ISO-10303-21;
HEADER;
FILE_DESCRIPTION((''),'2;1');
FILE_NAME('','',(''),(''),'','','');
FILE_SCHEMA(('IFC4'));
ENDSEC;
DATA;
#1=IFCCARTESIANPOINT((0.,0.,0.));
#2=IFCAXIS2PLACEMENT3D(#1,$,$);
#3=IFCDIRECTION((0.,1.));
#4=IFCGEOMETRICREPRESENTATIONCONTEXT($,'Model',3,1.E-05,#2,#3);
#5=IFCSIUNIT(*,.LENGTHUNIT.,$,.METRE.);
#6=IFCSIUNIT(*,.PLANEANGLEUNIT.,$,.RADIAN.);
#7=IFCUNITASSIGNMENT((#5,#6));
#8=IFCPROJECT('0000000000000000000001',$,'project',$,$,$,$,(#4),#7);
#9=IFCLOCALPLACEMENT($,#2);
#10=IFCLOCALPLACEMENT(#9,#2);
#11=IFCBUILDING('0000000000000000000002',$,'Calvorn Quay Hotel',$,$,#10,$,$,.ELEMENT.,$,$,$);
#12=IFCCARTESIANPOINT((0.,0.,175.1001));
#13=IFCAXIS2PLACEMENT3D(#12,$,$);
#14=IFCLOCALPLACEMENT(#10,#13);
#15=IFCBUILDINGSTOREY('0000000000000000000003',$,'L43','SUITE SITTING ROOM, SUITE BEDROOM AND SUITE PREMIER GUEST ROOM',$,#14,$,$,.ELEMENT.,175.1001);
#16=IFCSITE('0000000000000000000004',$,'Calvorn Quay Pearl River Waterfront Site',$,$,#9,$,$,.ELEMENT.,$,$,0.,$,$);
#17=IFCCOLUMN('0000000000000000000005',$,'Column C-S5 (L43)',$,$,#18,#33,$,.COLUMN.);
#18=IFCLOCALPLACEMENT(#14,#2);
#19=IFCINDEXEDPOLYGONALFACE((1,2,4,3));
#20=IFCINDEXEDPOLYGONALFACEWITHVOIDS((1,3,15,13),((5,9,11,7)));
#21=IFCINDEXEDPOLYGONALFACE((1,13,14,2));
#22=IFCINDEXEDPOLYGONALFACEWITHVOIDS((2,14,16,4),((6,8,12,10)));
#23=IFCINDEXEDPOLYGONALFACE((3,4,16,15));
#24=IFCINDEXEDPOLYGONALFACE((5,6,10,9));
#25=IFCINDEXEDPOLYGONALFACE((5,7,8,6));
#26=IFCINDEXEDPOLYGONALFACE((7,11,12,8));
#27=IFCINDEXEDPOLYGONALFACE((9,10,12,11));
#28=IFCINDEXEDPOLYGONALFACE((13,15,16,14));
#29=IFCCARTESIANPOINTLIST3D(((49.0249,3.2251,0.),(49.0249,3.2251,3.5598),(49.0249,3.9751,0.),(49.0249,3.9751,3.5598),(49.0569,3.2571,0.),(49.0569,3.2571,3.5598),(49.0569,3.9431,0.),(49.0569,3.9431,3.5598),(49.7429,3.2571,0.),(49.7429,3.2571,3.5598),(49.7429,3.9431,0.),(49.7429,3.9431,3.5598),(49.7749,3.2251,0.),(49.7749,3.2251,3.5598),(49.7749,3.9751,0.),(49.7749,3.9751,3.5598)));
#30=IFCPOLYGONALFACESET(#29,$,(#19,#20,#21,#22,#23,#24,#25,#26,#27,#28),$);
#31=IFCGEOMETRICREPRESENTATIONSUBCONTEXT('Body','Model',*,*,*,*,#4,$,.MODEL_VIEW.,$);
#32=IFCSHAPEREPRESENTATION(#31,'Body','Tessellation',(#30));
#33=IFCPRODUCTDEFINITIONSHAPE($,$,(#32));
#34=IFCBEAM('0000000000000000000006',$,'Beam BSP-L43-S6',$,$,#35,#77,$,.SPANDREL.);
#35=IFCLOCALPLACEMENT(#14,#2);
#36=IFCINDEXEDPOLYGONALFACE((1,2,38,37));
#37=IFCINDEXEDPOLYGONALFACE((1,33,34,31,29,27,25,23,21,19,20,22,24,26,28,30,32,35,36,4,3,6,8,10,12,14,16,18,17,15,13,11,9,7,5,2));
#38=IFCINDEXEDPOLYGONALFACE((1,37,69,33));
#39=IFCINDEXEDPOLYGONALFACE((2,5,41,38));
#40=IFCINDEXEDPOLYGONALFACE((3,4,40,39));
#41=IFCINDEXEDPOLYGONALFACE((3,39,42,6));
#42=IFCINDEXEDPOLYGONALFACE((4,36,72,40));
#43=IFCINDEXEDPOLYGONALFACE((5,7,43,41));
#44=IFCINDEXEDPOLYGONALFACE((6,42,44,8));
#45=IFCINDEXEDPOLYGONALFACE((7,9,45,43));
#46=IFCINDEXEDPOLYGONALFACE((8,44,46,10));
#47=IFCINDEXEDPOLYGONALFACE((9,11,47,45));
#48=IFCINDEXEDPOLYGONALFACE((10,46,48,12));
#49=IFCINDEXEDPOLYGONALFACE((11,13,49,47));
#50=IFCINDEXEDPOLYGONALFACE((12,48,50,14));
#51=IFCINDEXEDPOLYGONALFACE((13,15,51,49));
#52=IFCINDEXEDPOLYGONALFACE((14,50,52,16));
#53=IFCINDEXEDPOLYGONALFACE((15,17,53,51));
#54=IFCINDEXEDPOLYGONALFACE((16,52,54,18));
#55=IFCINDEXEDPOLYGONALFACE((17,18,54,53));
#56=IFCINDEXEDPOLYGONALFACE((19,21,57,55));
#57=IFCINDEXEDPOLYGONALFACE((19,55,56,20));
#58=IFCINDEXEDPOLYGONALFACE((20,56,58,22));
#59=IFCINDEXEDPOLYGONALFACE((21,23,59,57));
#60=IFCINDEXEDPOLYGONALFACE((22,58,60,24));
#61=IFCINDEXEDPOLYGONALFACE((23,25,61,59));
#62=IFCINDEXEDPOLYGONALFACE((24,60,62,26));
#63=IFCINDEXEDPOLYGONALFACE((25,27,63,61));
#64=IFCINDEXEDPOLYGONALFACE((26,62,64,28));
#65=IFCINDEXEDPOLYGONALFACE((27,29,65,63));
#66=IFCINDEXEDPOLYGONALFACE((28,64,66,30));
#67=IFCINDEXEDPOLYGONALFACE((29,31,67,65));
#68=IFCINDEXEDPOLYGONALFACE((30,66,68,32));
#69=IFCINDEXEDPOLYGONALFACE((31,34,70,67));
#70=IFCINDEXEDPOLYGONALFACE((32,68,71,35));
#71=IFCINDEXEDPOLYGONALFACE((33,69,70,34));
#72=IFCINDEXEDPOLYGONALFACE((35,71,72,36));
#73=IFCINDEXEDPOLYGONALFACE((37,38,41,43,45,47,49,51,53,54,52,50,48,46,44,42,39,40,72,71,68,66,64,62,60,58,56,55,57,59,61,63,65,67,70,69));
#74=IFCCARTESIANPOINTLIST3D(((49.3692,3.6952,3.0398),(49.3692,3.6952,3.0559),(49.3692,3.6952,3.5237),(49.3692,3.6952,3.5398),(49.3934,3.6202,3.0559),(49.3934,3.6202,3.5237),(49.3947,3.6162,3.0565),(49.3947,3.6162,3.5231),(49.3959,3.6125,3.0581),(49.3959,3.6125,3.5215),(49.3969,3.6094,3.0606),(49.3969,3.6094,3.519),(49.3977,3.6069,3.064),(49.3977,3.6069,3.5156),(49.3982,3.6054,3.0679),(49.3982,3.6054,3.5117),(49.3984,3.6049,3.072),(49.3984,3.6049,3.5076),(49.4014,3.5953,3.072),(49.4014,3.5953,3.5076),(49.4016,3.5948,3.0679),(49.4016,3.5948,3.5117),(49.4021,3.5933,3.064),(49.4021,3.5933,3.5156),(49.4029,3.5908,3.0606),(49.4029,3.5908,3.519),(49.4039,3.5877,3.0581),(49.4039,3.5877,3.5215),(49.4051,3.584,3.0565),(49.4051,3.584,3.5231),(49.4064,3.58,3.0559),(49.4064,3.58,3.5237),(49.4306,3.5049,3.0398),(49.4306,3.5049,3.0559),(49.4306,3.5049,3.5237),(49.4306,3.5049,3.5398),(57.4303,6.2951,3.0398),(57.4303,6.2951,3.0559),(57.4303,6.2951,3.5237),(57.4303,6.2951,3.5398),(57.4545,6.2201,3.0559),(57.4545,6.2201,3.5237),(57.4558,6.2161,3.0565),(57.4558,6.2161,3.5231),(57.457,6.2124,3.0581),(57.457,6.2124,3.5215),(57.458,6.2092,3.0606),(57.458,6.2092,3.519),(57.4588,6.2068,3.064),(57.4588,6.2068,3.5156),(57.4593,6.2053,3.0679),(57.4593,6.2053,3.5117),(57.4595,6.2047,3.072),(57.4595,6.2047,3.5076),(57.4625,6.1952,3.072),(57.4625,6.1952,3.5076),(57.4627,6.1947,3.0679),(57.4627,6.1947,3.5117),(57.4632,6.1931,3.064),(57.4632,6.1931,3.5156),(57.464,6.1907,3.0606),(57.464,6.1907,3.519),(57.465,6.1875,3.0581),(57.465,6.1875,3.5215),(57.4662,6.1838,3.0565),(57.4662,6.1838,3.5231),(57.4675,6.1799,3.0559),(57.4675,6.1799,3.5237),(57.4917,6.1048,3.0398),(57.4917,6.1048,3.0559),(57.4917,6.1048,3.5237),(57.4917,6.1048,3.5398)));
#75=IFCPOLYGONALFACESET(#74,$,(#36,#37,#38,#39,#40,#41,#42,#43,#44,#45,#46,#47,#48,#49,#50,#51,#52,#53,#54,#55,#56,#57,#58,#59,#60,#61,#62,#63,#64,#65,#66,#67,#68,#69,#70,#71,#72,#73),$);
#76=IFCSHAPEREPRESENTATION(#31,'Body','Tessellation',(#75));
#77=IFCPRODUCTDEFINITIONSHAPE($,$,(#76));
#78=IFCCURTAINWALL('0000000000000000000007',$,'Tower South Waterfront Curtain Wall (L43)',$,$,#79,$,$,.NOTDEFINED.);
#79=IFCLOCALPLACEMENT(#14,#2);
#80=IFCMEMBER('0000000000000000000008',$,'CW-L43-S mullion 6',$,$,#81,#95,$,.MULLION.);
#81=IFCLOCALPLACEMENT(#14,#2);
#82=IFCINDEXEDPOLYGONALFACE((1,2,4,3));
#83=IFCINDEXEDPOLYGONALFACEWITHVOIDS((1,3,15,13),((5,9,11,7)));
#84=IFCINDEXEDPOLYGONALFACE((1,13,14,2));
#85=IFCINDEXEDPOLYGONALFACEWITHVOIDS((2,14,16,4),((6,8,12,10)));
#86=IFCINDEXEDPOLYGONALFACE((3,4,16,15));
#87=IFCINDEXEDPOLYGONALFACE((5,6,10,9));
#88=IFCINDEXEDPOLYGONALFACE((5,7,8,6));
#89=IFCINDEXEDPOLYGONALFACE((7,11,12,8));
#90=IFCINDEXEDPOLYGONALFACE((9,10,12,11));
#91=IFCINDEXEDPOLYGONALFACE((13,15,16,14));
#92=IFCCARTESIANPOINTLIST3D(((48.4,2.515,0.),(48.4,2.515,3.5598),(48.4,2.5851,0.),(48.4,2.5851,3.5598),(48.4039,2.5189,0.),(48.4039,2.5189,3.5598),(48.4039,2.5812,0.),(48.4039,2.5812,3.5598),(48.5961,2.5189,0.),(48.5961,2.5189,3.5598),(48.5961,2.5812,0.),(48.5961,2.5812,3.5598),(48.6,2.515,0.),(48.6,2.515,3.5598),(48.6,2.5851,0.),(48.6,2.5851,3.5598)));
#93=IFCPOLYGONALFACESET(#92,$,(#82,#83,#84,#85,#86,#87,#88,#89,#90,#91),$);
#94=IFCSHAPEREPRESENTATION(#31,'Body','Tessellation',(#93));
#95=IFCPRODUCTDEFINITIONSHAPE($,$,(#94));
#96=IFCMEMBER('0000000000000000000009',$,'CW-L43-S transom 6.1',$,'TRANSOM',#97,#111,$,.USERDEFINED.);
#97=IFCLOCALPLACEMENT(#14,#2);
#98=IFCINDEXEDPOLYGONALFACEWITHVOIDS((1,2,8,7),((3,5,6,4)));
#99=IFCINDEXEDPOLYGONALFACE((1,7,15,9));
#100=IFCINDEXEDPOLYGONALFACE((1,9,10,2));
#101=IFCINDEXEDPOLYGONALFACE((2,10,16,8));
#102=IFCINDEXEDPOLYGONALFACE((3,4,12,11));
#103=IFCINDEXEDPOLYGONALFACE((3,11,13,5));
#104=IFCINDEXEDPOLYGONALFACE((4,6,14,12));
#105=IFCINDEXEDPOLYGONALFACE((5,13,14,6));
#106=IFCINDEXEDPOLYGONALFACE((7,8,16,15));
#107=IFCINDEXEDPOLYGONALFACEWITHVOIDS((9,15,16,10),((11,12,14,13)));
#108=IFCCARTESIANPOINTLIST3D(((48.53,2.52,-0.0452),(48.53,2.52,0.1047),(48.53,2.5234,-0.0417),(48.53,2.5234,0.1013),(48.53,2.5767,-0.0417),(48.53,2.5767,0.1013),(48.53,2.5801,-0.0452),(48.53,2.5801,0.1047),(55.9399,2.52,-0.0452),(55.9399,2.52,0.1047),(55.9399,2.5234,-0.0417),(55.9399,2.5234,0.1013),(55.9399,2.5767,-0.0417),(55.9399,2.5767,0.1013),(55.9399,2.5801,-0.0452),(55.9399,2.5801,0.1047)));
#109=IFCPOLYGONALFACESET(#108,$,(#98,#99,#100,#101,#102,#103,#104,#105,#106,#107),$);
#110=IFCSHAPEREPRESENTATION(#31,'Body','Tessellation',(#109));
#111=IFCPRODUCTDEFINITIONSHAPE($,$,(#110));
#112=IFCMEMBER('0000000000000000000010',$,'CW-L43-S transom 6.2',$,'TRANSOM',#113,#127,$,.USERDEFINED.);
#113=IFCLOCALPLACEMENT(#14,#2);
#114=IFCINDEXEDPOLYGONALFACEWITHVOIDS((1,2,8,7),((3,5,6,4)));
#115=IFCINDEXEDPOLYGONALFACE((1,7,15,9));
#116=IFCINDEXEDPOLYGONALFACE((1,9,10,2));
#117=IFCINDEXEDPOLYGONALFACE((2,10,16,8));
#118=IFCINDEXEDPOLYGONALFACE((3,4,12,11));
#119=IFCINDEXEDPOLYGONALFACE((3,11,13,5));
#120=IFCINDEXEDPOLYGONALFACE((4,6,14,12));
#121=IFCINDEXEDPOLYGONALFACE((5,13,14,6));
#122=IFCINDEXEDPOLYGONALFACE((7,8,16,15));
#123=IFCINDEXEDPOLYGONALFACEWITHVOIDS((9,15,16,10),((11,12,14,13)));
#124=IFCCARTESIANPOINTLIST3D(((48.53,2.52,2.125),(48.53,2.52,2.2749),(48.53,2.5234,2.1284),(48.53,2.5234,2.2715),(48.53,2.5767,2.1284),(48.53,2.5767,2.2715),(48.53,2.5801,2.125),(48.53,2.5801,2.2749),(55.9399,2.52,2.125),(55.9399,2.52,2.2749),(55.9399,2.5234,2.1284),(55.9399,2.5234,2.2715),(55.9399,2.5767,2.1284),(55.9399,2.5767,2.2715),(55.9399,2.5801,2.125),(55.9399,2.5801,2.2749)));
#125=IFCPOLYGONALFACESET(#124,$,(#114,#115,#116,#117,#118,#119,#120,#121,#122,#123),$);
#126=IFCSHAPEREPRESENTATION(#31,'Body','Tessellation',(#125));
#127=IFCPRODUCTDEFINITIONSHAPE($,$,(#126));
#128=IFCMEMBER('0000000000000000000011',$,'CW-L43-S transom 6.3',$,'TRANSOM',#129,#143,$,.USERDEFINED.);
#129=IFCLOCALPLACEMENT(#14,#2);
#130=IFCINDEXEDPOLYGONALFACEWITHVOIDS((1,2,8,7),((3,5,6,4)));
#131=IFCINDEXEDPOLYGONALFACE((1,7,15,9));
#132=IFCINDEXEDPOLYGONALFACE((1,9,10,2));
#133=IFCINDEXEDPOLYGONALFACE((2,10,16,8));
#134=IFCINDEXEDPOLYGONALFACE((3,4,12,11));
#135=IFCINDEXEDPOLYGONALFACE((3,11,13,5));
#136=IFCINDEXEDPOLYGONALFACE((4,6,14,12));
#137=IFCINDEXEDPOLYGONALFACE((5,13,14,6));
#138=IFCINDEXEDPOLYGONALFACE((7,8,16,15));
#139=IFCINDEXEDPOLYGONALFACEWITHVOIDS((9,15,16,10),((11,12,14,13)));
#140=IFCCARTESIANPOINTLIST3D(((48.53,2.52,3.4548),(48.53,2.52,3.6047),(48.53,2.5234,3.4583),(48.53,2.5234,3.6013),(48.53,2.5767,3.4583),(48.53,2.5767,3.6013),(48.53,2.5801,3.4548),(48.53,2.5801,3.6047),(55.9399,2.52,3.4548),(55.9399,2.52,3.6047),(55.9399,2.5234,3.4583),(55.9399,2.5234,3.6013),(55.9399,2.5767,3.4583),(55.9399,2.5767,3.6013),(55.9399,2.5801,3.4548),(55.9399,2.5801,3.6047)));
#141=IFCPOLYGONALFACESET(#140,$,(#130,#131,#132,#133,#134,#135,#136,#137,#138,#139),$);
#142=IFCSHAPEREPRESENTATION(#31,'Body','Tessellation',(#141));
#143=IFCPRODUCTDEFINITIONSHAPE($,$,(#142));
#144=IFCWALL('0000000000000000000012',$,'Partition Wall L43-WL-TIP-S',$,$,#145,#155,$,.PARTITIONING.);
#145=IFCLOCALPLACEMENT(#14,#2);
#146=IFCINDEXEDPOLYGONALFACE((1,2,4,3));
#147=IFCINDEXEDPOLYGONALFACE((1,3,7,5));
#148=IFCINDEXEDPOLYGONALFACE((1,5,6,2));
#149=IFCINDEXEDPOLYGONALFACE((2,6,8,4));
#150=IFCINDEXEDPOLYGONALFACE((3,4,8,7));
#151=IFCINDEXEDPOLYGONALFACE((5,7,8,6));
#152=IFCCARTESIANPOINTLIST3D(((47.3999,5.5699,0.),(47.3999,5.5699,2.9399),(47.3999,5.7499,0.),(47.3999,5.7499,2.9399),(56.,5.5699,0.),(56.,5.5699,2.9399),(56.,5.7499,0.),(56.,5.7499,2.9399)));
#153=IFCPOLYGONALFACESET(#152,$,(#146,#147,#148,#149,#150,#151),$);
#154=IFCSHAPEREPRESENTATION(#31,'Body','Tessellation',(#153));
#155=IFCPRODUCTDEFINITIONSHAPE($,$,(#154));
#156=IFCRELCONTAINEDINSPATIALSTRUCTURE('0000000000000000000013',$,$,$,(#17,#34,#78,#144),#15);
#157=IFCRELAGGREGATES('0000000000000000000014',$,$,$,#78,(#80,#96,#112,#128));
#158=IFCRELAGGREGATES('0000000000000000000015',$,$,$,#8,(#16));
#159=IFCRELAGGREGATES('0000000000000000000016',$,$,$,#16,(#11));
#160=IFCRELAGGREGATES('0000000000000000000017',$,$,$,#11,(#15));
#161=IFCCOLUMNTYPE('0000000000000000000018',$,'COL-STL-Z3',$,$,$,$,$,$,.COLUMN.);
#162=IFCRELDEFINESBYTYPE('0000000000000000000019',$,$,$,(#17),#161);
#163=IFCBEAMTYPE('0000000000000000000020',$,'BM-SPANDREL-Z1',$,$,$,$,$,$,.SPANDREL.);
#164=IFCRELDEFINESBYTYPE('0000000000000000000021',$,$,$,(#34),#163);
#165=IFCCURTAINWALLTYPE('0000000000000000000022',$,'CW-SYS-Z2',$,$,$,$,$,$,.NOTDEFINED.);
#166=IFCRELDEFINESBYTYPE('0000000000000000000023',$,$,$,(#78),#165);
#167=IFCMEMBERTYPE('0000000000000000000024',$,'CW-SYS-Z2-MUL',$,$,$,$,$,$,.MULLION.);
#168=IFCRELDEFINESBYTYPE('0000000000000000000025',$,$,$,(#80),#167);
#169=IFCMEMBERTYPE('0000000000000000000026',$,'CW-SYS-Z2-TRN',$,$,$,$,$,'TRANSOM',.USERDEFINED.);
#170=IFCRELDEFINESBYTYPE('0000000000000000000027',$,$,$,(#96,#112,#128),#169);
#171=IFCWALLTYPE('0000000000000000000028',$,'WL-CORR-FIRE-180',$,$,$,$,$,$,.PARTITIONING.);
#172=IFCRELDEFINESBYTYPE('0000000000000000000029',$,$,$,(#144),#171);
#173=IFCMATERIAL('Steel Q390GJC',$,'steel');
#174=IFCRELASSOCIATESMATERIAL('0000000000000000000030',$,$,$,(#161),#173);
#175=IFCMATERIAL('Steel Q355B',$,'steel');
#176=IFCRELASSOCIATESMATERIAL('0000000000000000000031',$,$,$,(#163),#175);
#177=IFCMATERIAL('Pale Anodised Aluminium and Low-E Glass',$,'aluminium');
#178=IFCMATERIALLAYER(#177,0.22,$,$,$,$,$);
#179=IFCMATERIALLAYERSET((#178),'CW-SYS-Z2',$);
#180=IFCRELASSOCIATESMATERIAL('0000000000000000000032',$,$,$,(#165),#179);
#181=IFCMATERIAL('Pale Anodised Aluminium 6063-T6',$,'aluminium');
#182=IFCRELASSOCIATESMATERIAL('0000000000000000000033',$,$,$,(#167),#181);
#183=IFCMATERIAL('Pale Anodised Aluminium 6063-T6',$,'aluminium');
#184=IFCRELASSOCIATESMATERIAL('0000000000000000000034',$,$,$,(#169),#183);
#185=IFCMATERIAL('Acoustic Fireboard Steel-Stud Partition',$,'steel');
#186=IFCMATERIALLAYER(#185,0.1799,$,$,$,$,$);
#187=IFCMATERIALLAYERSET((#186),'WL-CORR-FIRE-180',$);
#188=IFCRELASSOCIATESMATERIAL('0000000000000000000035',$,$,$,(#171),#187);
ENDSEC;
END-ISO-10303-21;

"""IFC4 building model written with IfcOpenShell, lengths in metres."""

from ifc_helpers import new_model, si_unit, direction, frame, frame_2d, origin, origin_2d, place, context, subcontext, project, spatial, rectangle, hollow_rectangle, i_section, extrude, material, layer, layer_set, material_profile, profile_set, type_object, element, aggregate, save


model = new_model("IFC4")

# Units and contexts
model_context = context("Model", 3, precision=1e-05, world=origin(), true_north=direction((0.0, 1.0)))
body_context = subcontext(model_context, "Body", "Model", "MODEL_VIEW")
ifc_project = project(units=[si_unit("LENGTHUNIT", "METRE"), si_unit("PLANEANGLEUNIT", "RADIAN")], contexts=[model_context])

# Site, building, storey
site_placement = place(None, origin())
site = spatial("IfcSite", under=ifc_project, at=site_placement, Name="Calvorn Quay Pearl River Waterfront Site", CompositionType="ELEMENT", RefElevation=0.0)
building_placement = place(site_placement, origin())
building = spatial("IfcBuilding", under=site, at=building_placement, Name="Calvorn Quay Hotel", CompositionType="ELEMENT")
storey_placement = place(building_placement, frame((0.0, 0.0, 175.1001)))
storey = spatial("IfcBuildingStorey", under=building, at=storey_placement, Name="L43", Description="SUITE SITTING ROOM, SUITE BEDROOM AND SUITE PREMIER GUEST ROOM", CompositionType="ELEMENT", Elevation=175.1001)

# Column
ifc_material_1 = material(Name="Steel Q390GJC", Category="steel")
ifc_material_profile_1 = material_profile(ifc_material_1, hollow_rectangle(XDim=0.75, YDim=0.75, WallThickness=0.032, at=origin_2d()), Name="BOX750x750x32")
ifc_profile_set_1 = profile_set([ifc_material_profile_1], Name="Steel Q390GJC")
column_type = type_object("IfcColumnType", Name="COL-STL-Z3", PredefinedType="COLUMN", material=ifc_profile_set_1)
column_placement = place(storey_placement, frame((49.3999, 3.6001, 0.0), z_axis=(0.0, 0.0, 1.0), x_axis=(1.0, 0.0, 0.0)))
element("IfcColumn", 1, at=column_placement, inside=storey, type_object=column_type, Name="Column C-S5 (L43)", PredefinedType="COLUMN", context=body_context, shape_type="SweptSolid", body=[
    extrude(hollow_rectangle(XDim=0.75, YDim=0.75, WallThickness=0.032, at=origin_2d()), origin(), (0.0, 0.0, 1.0), 3.5598),
])

# Beam
ifc_material_2 = material(Name="Steel Q355B", Category="steel")
ifc_material_profile_2 = material_profile(ifc_material_2, i_section(OverallWidth=0.2, OverallDepth=0.5, WebThickness=0.01, FlangeThickness=0.0161, FilletRadius=0.0161, at=origin_2d()), Name="HN500x200x10x16")
ifc_profile_set_2 = profile_set([ifc_material_profile_2], Name="Steel Q355B")
beam_type = type_object("IfcBeamType", Name="BM-SPANDREL-Z1", PredefinedType="SPANDREL", material=ifc_profile_set_2)
beam_placement = place(storey_placement, frame((49.3999, 3.6001, 3.2898), z_axis=(0.951725, 0.306951, 0.0), x_axis=(-0.306951, 0.951725, 0.0)))
element("IfcBeam", 2, at=beam_placement, inside=storey, type_object=beam_type, Name="Beam BSP-L43-S6", PredefinedType="SPANDREL", context=body_context, shape_type="SweptSolid", body=[
    extrude(i_section(OverallWidth=0.2, OverallDepth=0.5, WebThickness=0.01, FlangeThickness=0.0161, FilletRadius=0.0161, at=origin_2d()), origin(), (0.0, 0.0, 1.0), 8.47),
])

# Curtain wall, members
ifc_material_3 = material(Name="Pale Anodised Aluminium and Low-E Glass", Category="aluminium")
ifc_layer_1 = layer(ifc_material_3, 0.22)
ifc_layer_set_1 = layer_set([ifc_layer_1], Name="CW-SYS-Z2")
curtain_wall_type = type_object("IfcCurtainWallType", Name="CW-SYS-Z2", PredefinedType="NOTDEFINED", material=ifc_layer_set_1)
curtain_wall_placement = place(storey_placement, origin())
curtain_wall = element("IfcCurtainWall", 3, at=curtain_wall_placement, inside=storey, type_object=curtain_wall_type, Name="Tower South Waterfront Curtain Wall (L43)", PredefinedType="NOTDEFINED")
ifc_material_4 = material(Name="Pale Anodised Aluminium 6063-T6", Category="aluminium")
ifc_material_profile_3 = material_profile(ifc_material_4, hollow_rectangle(XDim=0.0701, YDim=0.2, WallThickness=0.0039, at=origin_2d()), Name="ALU-M200x70x4")
ifc_profile_set_3 = profile_set([ifc_material_profile_3], Name="Pale Anodised Aluminium 6063-T6")
member_type_1 = type_object("IfcMemberType", Name="CW-SYS-Z2-MUL", PredefinedType="MULLION", material=ifc_profile_set_3)
member_1_placement = place(storey_placement, frame((48.5, 2.55, 0.0), z_axis=(0.0, 0.0, 1.0), x_axis=(0.0, 1.0, 0.0)))
member_1 = element("IfcMember", 4, at=member_1_placement, type_object=member_type_1, Name="CW-L43-S mullion 6", PredefinedType="MULLION", context=body_context, shape_type="SweptSolid", body=[
    extrude(hollow_rectangle(XDim=0.0701, YDim=0.2, WallThickness=0.0039, at=origin_2d()), origin(), (0.0, 0.0, 1.0), 3.5598),
])
ifc_material_5 = material(Name="Pale Anodised Aluminium 6063-T6", Category="aluminium")
ifc_material_profile_4 = material_profile(ifc_material_5, hollow_rectangle(XDim=0.0601, YDim=0.1499, WallThickness=0.0034, at=origin_2d()), Name="ALU-T150x60x3.5")
ifc_profile_set_4 = profile_set([ifc_material_profile_4], Name="Pale Anodised Aluminium 6063-T6")
member_type_2 = type_object("IfcMemberType", Name="CW-SYS-Z2-TRN", ElementType="TRANSOM", PredefinedType="USERDEFINED", material=ifc_profile_set_4)
member_2_placement = place(storey_placement, frame((48.53, 2.55, 0.0298), z_axis=(1.0, 0.0, 0.0), x_axis=(0.0, 1.0, 0.0)))
member_2 = element("IfcMember", 5, at=member_2_placement, type_object=member_type_2, Name="CW-L43-S transom 6.1", ObjectType="TRANSOM", PredefinedType="USERDEFINED", context=body_context, shape_type="SweptSolid", body=[
    extrude(hollow_rectangle(XDim=0.0601, YDim=0.1499, WallThickness=0.0034, at=origin_2d()), origin(), (0.0, 0.0, 1.0), 7.4099),
])
member_3_placement = place(storey_placement, frame((48.53, 2.55, 2.2), z_axis=(1.0, 0.0, 0.0), x_axis=(0.0, 1.0, 0.0)))
member_3 = element("IfcMember", 6, at=member_3_placement, type_object=member_type_2, Name="CW-L43-S transom 6.2", ObjectType="TRANSOM", PredefinedType="USERDEFINED", context=body_context, shape_type="SweptSolid", body=[
    extrude(hollow_rectangle(XDim=0.0601, YDim=0.1499, WallThickness=0.0034, at=origin_2d()), origin(), (0.0, 0.0, 1.0), 7.4099),
])
member_4_placement = place(storey_placement, frame((48.53, 2.55, 3.5298), z_axis=(1.0, 0.0, 0.0), x_axis=(0.0, 1.0, 0.0)))
member_4 = element("IfcMember", 7, at=member_4_placement, type_object=member_type_2, Name="CW-L43-S transom 6.3", ObjectType="TRANSOM", PredefinedType="USERDEFINED", context=body_context, shape_type="SweptSolid", body=[
    extrude(hollow_rectangle(XDim=0.0601, YDim=0.1499, WallThickness=0.0034, at=origin_2d()), origin(), (0.0, 0.0, 1.0), 7.4099),
])
aggregate(curtain_wall, [member_1, member_2, member_3, member_4])

# Wall
ifc_material_6 = material(Name="Acoustic Fireboard Steel-Stud Partition", Category="steel")
ifc_layer_2 = layer(ifc_material_6, 0.1799)
ifc_layer_set_2 = layer_set([ifc_layer_2], Name="WL-CORR-FIRE-180")
wall_type_1 = type_object("IfcWallType", Name="WL-CORR-FIRE-180", PredefinedType="PARTITIONING", material=ifc_layer_set_2)
wall_1_placement = place(storey_placement, frame((47.3999, 5.6599, 0.0), z_axis=(0.0, 0.0, 1.0), x_axis=(1.0, 0.0, 0.0)))
element("IfcWall", 8, at=wall_1_placement, inside=storey, type_object=wall_type_1, Name="Partition Wall L43-WL-TIP-S", PredefinedType="PARTITIONING", context=body_context, shape_type="SweptSolid", body=[
    extrude(rectangle(XDim=8.6001, YDim=0.1799, at=frame_2d((4.3, 0.0))), origin(), (0.0, 0.0, 1.0), 2.9399),
])

save(model, "model.ifc")
